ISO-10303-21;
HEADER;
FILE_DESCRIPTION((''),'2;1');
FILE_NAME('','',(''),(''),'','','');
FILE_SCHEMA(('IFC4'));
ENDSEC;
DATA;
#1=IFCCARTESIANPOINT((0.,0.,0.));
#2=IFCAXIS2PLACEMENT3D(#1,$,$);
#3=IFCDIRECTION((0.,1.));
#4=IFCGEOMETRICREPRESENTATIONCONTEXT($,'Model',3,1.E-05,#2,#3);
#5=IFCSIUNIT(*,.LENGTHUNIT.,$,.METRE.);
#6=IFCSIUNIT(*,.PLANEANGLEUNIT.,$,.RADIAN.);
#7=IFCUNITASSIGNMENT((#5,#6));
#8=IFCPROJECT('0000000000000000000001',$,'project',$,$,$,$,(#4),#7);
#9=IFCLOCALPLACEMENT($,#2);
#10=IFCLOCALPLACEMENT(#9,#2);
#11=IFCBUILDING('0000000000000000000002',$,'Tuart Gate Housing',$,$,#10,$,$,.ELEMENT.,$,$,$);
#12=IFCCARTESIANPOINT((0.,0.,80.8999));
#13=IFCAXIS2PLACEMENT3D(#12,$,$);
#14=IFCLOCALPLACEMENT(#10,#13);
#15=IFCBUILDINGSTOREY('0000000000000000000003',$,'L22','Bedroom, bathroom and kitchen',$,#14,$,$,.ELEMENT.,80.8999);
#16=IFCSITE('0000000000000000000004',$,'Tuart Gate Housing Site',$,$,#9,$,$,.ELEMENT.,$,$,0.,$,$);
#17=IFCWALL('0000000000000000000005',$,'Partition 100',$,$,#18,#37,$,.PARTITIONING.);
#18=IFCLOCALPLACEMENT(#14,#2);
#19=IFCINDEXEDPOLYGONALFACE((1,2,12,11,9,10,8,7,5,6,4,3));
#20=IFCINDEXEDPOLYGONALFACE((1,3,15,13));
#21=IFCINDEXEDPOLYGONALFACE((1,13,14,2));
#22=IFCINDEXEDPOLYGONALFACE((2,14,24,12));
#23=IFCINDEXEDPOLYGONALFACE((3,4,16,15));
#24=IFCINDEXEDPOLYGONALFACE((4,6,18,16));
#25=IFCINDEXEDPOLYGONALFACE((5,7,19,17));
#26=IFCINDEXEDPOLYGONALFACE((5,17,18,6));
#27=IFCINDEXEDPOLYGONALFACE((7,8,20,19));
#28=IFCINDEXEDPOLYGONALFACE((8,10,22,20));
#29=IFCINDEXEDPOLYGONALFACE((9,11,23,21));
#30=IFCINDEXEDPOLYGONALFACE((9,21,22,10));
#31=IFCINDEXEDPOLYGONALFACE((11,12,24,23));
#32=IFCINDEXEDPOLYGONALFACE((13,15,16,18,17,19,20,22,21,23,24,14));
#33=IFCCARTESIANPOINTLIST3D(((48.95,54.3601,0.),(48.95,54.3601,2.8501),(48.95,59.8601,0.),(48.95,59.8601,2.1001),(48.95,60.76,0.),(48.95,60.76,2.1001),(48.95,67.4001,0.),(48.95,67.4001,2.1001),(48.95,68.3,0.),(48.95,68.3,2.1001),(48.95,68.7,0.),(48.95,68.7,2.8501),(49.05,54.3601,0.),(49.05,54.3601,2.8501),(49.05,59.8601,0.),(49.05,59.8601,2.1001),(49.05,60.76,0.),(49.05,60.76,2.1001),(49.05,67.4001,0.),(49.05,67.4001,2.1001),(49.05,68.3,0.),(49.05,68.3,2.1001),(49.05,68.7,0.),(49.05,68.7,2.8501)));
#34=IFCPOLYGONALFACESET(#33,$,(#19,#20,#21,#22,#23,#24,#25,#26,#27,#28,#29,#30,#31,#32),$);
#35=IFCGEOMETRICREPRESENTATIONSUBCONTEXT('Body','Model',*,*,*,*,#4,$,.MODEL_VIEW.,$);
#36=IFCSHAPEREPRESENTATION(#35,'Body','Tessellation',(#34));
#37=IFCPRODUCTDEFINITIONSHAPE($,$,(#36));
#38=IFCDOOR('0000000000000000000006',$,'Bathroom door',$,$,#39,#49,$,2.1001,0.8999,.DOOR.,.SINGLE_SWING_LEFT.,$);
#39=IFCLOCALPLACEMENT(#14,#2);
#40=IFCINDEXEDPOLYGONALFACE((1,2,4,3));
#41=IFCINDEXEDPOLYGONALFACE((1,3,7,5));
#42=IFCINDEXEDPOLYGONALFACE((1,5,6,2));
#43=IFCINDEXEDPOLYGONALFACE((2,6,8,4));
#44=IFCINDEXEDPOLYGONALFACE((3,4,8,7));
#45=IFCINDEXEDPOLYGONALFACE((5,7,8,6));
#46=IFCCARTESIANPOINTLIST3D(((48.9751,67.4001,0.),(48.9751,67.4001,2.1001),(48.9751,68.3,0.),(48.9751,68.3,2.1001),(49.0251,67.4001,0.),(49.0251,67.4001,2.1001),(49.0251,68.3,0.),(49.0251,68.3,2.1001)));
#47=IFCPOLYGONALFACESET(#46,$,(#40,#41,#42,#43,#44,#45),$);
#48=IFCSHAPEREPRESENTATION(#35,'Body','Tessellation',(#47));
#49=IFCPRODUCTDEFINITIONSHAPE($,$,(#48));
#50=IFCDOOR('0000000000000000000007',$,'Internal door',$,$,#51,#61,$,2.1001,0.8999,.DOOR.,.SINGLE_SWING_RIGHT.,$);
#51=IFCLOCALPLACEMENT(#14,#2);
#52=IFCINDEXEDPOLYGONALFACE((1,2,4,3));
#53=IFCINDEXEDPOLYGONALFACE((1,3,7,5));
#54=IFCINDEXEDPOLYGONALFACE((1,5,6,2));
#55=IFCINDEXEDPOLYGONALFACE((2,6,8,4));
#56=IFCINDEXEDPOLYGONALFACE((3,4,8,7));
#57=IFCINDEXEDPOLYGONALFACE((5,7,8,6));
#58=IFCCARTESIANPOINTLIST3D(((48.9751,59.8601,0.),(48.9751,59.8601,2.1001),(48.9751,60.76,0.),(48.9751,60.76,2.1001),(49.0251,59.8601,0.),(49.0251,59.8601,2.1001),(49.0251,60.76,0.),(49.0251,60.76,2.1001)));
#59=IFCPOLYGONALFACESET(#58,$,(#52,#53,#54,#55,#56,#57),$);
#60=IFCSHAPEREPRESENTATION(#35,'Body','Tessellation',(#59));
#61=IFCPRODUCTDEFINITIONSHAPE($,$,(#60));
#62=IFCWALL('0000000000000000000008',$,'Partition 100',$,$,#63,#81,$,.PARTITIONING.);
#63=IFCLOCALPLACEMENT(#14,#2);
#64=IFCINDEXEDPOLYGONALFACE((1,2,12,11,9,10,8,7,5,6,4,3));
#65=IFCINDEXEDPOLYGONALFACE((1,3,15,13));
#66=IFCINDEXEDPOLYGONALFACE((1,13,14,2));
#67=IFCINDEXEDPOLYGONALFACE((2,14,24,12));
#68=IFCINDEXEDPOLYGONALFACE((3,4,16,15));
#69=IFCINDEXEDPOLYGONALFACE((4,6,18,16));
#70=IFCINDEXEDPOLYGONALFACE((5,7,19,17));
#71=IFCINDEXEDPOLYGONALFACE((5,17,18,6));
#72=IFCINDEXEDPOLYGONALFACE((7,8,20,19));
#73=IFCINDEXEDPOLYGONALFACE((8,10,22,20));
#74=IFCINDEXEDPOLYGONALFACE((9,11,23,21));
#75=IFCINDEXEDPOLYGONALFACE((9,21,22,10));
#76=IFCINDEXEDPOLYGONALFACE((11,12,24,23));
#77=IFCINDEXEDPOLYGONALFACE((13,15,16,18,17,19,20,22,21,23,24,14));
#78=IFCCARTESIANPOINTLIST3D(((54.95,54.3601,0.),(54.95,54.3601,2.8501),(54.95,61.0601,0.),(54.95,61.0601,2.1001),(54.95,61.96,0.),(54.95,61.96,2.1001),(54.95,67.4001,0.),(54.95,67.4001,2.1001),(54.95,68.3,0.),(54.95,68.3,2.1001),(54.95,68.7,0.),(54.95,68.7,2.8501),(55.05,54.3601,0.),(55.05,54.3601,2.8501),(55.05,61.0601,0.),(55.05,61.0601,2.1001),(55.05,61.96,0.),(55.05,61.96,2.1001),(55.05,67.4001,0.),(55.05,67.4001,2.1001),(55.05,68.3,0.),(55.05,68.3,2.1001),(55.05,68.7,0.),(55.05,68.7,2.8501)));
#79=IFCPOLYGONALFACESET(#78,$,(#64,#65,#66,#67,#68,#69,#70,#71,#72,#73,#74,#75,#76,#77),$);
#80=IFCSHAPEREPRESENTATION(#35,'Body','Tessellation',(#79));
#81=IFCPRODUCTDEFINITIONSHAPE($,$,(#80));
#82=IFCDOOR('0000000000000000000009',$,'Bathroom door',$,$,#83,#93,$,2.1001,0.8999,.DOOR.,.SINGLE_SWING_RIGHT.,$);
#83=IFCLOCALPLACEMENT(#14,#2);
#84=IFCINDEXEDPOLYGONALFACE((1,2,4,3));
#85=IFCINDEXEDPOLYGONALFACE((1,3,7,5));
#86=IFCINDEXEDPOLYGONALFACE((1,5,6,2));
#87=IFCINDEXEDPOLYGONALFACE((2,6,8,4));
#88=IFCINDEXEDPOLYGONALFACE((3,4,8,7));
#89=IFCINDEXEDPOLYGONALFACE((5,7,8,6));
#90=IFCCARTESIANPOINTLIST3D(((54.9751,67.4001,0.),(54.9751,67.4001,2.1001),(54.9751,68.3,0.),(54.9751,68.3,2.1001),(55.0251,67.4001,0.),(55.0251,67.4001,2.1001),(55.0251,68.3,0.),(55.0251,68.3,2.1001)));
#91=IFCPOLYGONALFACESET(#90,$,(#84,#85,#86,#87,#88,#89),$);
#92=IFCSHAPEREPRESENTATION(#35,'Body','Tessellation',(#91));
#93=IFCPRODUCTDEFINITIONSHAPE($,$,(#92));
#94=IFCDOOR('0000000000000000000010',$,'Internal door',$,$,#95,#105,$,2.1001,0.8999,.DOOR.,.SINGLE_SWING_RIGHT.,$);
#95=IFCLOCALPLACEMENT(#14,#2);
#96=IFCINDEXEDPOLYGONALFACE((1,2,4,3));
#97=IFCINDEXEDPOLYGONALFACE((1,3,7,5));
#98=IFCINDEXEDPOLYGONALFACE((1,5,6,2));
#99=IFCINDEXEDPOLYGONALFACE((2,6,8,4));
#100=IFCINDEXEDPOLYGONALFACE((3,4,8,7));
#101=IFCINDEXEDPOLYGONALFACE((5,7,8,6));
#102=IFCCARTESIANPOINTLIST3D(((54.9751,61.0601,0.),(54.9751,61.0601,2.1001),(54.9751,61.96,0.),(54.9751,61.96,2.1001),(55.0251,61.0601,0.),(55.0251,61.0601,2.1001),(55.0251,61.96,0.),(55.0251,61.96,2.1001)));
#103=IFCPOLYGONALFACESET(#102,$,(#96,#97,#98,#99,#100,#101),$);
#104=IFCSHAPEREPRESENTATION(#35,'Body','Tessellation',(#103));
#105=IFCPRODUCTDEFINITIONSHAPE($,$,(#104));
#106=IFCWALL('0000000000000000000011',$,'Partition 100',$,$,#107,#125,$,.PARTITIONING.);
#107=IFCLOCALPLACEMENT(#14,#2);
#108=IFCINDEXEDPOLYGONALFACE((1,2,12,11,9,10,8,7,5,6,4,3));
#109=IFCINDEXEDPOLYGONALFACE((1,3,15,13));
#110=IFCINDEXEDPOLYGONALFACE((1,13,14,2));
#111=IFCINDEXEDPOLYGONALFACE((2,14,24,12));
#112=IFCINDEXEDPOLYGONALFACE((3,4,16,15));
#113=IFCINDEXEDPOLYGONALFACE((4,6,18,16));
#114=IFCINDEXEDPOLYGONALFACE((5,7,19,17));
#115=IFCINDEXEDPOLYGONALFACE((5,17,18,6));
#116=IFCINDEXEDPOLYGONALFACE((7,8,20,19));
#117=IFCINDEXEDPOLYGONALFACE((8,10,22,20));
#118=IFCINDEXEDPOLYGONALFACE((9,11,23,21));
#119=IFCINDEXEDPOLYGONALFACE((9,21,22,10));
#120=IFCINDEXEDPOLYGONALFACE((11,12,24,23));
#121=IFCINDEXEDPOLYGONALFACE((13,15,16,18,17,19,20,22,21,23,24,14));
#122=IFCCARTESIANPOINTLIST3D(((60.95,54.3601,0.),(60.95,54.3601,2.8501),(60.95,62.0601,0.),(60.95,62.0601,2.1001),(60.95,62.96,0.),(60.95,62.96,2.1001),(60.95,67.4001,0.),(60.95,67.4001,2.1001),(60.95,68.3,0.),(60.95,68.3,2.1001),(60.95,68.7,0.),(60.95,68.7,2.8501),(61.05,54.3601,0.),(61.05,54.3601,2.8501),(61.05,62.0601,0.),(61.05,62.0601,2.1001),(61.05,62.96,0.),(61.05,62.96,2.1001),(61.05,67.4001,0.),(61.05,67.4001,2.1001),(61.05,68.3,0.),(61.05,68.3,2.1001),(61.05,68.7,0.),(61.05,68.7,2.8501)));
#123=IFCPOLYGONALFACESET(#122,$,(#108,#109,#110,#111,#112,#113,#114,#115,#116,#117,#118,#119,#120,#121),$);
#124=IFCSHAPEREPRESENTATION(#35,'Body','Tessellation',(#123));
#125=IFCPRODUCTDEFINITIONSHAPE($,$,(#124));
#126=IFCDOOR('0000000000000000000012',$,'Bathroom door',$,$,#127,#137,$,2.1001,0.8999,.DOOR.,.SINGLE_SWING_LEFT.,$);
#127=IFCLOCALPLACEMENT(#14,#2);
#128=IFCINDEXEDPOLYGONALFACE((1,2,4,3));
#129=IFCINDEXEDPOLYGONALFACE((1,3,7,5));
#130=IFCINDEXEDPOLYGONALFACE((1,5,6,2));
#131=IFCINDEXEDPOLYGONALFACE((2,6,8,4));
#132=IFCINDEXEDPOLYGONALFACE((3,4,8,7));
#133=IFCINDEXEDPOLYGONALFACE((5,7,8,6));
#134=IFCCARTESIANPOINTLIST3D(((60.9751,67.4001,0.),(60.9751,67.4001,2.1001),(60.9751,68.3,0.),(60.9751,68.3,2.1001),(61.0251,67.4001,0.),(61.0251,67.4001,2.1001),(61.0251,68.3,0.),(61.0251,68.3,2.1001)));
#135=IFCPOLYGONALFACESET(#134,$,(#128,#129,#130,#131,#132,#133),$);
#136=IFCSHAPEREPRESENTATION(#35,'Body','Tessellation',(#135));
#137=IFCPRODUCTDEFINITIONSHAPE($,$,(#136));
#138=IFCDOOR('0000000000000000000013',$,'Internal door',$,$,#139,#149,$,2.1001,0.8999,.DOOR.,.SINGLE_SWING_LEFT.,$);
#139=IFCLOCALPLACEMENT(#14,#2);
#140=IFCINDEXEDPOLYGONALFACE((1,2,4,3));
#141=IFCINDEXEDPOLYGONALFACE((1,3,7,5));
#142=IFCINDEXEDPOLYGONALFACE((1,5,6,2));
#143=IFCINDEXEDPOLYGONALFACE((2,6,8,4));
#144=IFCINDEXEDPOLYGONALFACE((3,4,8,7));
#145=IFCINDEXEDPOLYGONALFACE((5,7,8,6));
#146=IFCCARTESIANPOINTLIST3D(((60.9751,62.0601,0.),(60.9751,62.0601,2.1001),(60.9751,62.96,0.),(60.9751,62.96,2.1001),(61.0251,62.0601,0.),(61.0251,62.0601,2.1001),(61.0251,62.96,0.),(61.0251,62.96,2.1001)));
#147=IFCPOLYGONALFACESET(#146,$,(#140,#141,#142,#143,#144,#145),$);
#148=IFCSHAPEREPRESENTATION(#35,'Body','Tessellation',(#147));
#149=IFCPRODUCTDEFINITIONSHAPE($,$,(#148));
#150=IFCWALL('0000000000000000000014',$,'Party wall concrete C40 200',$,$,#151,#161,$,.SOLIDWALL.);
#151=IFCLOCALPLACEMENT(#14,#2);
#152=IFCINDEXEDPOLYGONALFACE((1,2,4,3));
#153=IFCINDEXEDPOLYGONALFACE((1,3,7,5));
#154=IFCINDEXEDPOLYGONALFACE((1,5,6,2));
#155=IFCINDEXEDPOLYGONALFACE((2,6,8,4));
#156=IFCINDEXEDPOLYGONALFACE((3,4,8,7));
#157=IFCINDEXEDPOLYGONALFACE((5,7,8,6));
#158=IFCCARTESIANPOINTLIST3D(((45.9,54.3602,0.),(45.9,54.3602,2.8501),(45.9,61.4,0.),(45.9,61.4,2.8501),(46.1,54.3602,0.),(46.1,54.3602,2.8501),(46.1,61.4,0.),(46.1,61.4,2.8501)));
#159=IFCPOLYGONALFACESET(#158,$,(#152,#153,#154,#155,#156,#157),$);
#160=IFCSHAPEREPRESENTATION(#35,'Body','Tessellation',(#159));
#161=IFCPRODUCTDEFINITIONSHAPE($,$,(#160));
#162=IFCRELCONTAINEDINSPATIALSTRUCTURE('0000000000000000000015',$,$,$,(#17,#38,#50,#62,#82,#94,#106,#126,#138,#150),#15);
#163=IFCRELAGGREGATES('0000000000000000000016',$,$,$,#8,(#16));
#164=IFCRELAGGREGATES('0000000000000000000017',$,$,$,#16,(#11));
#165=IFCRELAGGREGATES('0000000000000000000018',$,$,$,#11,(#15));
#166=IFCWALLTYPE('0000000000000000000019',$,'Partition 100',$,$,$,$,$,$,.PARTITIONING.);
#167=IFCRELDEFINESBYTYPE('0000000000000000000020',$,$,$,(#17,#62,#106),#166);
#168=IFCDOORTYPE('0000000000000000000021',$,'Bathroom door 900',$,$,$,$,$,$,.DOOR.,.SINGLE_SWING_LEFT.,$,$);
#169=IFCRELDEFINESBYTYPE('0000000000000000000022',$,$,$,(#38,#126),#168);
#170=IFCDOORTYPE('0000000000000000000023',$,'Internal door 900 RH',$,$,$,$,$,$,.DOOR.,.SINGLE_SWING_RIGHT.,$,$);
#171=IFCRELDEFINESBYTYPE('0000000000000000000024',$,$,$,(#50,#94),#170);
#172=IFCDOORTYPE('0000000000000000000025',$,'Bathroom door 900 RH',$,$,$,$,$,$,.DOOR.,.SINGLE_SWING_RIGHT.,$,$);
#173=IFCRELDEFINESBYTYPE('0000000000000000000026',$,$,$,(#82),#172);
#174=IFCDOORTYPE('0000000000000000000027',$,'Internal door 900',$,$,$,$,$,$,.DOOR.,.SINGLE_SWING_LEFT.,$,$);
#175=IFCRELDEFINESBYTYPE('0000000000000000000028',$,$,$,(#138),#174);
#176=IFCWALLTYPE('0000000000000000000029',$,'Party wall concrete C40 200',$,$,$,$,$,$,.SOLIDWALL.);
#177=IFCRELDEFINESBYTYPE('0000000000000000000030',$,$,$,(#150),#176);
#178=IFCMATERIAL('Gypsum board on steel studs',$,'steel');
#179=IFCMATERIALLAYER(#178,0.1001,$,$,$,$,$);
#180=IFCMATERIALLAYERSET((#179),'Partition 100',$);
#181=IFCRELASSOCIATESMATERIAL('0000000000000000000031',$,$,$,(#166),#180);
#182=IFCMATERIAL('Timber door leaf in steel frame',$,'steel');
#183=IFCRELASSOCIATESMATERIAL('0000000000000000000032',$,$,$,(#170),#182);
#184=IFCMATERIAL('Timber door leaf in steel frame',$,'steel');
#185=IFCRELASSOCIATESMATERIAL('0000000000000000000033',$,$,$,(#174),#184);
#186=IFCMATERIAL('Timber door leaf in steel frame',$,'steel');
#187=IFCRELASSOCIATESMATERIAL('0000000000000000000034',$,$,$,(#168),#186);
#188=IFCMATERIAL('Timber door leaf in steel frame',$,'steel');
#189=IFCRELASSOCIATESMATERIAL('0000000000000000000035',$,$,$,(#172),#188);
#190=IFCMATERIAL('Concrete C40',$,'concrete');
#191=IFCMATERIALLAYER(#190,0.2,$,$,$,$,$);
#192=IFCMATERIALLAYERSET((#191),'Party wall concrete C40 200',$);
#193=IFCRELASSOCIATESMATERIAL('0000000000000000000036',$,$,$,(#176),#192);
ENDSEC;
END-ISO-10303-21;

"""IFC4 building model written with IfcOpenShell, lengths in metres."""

from ifc_helpers import new_model, si_unit, direction, frame, frame_2d, origin, place, context, subcontext, project, spatial, rectangle, extrude, material, layer, layer_set, type_object, element, fill, save


model = new_model("IFC4")

# Units and contexts
model_context = context("Model", 3, precision=1e-05, world=origin(), true_north=direction((0.0, 1.0)))
body_context = subcontext(model_context, "Body", "Model", "MODEL_VIEW")
ifc_project = project(units=[si_unit("LENGTHUNIT", "METRE"), si_unit("PLANEANGLEUNIT", "RADIAN")], contexts=[model_context])

# Site, building, storey
site_placement = place(None, origin())
site = spatial("IfcSite", under=ifc_project, at=site_placement, Name="Tuart Gate Housing Site", CompositionType="ELEMENT", RefElevation=0.0)
building_placement = place(site_placement, origin())
building = spatial("IfcBuilding", under=site, at=building_placement, Name="Tuart Gate Housing", CompositionType="ELEMENT")
storey_placement = place(building_placement, frame((0.0, 0.0, 80.8999)))
storey = spatial("IfcBuildingStorey", under=building, at=storey_placement, Name="L22", Description="Bedroom, bathroom and kitchen", CompositionType="ELEMENT", Elevation=80.8999)

# Shared definitions
ifc_material_1 = material(Name="Gypsum board on steel studs", Category="steel")
ifc_layer_1 = layer(ifc_material_1, 0.1001)
ifc_layer_set_1 = layer_set([ifc_layer_1], Name="Partition 100")
wall_type_1 = type_object("IfcWallType", Name="Partition 100", PredefinedType="PARTITIONING", material=ifc_layer_set_1)
ifc_material_2 = material(Name="Timber door leaf in steel frame", Category="steel")
door_type_1 = type_object("IfcDoorType", Name="Internal door 900 RH", OperationType="SINGLE_SWING_RIGHT", PredefinedType="DOOR", material=ifc_material_2)
ifc_material_3 = material(Name="Timber door leaf in steel frame", Category="steel")
door_type_2 = type_object("IfcDoorType", Name="Internal door 900", OperationType="SINGLE_SWING_LEFT", PredefinedType="DOOR", material=ifc_material_3)

# Walls, openings, doors
wall_1_placement = place(storey_placement, frame((49.0, 54.3601, 0.0), z_axis=(0.0, 0.0, 1.0), x_axis=(0.0, 1.0, 0.0)))
wall_1 = element("IfcWall", 1, at=wall_1_placement, inside=storey, type_object=wall_type_1, Name="Partition 100", PredefinedType="PARTITIONING", context=body_context, shape_type="SweptSolid", body=[
    extrude(rectangle(XDim=14.3398, YDim=0.1001, at=frame_2d((7.1699, 0.0))), origin(), (0.0, 0.0, 1.0), 2.8501),
])
opening_1_placement = place(wall_1_placement, frame((5.5, 0.0, 0.0)))
opening_1 = element("IfcOpeningElement", 2, at=opening_1_placement, cuts=wall_1, PredefinedType="OPENING", context=body_context, shape_type="SweptSolid", body=[
    extrude(rectangle(XDim=0.8999, YDim=2.1001, at=frame_2d((0.45, 1.05))), frame((0.0, 0.0601, 0.0), z_axis=(0.0, -1.0, 0.0), x_axis=(1.0, 0.0, 0.0)), (0.0, 0.0, 1.0), 0.1201),
])
opening_2_placement = place(wall_1_placement, frame((13.04, 0.0, 0.0)))
opening_2 = element("IfcOpeningElement", 3, at=opening_2_placement, cuts=wall_1, PredefinedType="OPENING", context=body_context, shape_type="SweptSolid", body=[
    extrude(rectangle(XDim=0.8999, YDim=2.1001, at=frame_2d((0.45, 1.05))), frame((0.0, 0.0601, 0.0), z_axis=(0.0, -1.0, 0.0), x_axis=(1.0, 0.0, 0.0)), (0.0, 0.0, 1.0), 0.1201),
])
ifc_material_4 = material(Name="Timber door leaf in steel frame", Category="steel")
door_type_3 = type_object("IfcDoorType", Name="Bathroom door 900", OperationType="SINGLE_SWING_LEFT", PredefinedType="DOOR", material=ifc_material_4)
door_1_placement = place(opening_2_placement, frame((0.8999, 0.0, 0.0), z_axis=(0.0, 0.0, 1.0), x_axis=(-1.0, 0.0, 0.0)))
door_1 = element("IfcDoor", 4, at=door_1_placement, inside=storey, type_object=door_type_3, Name="Bathroom door", OperationType="SINGLE_SWING_LEFT", OverallHeight=2.1001, OverallWidth=0.8999, PredefinedType="DOOR", context=body_context, shape_type="SweptSolid", body=[
    extrude(rectangle(XDim=0.8999, YDim=2.1001, at=frame_2d((0.45, 1.05))), frame((0.0, 0.0251, 0.0), z_axis=(0.0, -1.0, 0.0), x_axis=(1.0, 0.0, 0.0)), (0.0, 0.0, 1.0), 0.05),
])
fill(opening_2, door_1)
door_2_placement = place(opening_1_placement, frame((0.8999, 0.0, 0.0), z_axis=(0.0, 0.0, 1.0), x_axis=(-1.0, 0.0, 0.0)))
door_2 = element("IfcDoor", 5, at=door_2_placement, inside=storey, type_object=door_type_1, Name="Internal door", OperationType="SINGLE_SWING_RIGHT", OverallHeight=2.1001, OverallWidth=0.8999, PredefinedType="DOOR", context=body_context, shape_type="SweptSolid", body=[
    extrude(rectangle(XDim=0.8999, YDim=2.1001, at=frame_2d((0.45, 1.05))), frame((0.0, 0.0251, 0.0), z_axis=(0.0, -1.0, 0.0), x_axis=(1.0, 0.0, 0.0)), (0.0, 0.0, 1.0), 0.05),
])
fill(opening_1, door_2)
wall_2_placement = place(storey_placement, frame((55.0, 54.3601, 0.0), z_axis=(0.0, 0.0, 1.0), x_axis=(0.0, 1.0, 0.0)))
wall_2 = element("IfcWall", 6, at=wall_2_placement, inside=storey, type_object=wall_type_1, Name="Partition 100", PredefinedType="PARTITIONING", context=body_context, shape_type="SweptSolid", body=[
    extrude(rectangle(XDim=14.3398, YDim=0.1001, at=frame_2d((7.1699, 0.0))), origin(), (0.0, 0.0, 1.0), 2.8501),
])
opening_3_placement = place(wall_2_placement, frame((6.7, 0.0, 0.0)))
opening_3 = element("IfcOpeningElement", 7, at=opening_3_placement, cuts=wall_2, PredefinedType="OPENING", context=body_context, shape_type="SweptSolid", body=[
    extrude(rectangle(XDim=0.8999, YDim=2.1001, at=frame_2d((0.45, 1.05))), frame((0.0, 0.0601, 0.0), z_axis=(0.0, -1.0, 0.0), x_axis=(1.0, 0.0, 0.0)), (0.0, 0.0, 1.0), 0.1201),
])
opening_4_placement = place(wall_2_placement, frame((13.04, 0.0, 0.0)))
opening_4 = element("IfcOpeningElement", 8, at=opening_4_placement, cuts=wall_2, PredefinedType="OPENING", context=body_context, shape_type="SweptSolid", body=[
    extrude(rectangle(XDim=0.8999, YDim=2.1001, at=frame_2d((0.45, 1.05))), frame((0.0, 0.0601, 0.0), z_axis=(0.0, -1.0, 0.0), x_axis=(1.0, 0.0, 0.0)), (0.0, 0.0, 1.0), 0.1201),
])
ifc_material_5 = material(Name="Timber door leaf in steel frame", Category="steel")
door_type_4 = type_object("IfcDoorType", Name="Bathroom door 900 RH", OperationType="SINGLE_SWING_RIGHT", PredefinedType="DOOR", material=ifc_material_5)
door_3_placement = place(opening_4_placement, origin())
door_3 = element("IfcDoor", 9, at=door_3_placement, inside=storey, type_object=door_type_4, Name="Bathroom door", OperationType="SINGLE_SWING_RIGHT", OverallHeight=2.1001, OverallWidth=0.8999, PredefinedType="DOOR", context=body_context, shape_type="SweptSolid", body=[
    extrude(rectangle(XDim=0.8999, YDim=2.1001, at=frame_2d((0.45, 1.05))), frame((0.0, 0.0249, 0.0), z_axis=(0.0, -1.0, 0.0), x_axis=(1.0, 0.0, 0.0)), (0.0, 0.0, 1.0), 0.05),
])
fill(opening_4, door_3)
door_4_placement = place(opening_3_placement, origin())
door_4 = element("IfcDoor", 10, at=door_4_placement, inside=storey, type_object=door_type_1, Name="Internal door", OperationType="SINGLE_SWING_RIGHT", OverallHeight=2.1001, OverallWidth=0.8999, PredefinedType="DOOR", context=body_context, shape_type="SweptSolid", body=[
    extrude(rectangle(XDim=0.8999, YDim=2.1001, at=frame_2d((0.45, 1.05))), frame((0.0, 0.0249, 0.0), z_axis=(0.0, -1.0, 0.0), x_axis=(1.0, 0.0, 0.0)), (0.0, 0.0, 1.0), 0.05),
])
fill(opening_3, door_4)
wall_3_placement = place(storey_placement, frame((61.0, 54.3601, 0.0), z_axis=(0.0, 0.0, 1.0), x_axis=(0.0, 1.0, 0.0)))
wall_3 = element("IfcWall", 11, at=wall_3_placement, inside=storey, type_object=wall_type_1, Name="Partition 100", PredefinedType="PARTITIONING", context=body_context, shape_type="SweptSolid", body=[
    extrude(rectangle(XDim=14.3398, YDim=0.1001, at=frame_2d((7.1699, 0.0))), origin(), (0.0, 0.0, 1.0), 2.8501),
])
opening_5_placement = place(wall_3_placement, frame((7.7, 0.0, 0.0)))
opening_5 = element("IfcOpeningElement", 12, at=opening_5_placement, cuts=wall_3, PredefinedType="OPENING", context=body_context, shape_type="SweptSolid", body=[
    extrude(rectangle(XDim=0.8999, YDim=2.1001, at=frame_2d((0.45, 1.05))), frame((0.0, 0.0601, 0.0), z_axis=(0.0, -1.0, 0.0), x_axis=(1.0, 0.0, 0.0)), (0.0, 0.0, 1.0), 0.1201),
])
opening_6_placement = place(wall_3_placement, frame((13.04, 0.0, 0.0)))
opening_6 = element("IfcOpeningElement", 13, at=opening_6_placement, cuts=wall_3, PredefinedType="OPENING", context=body_context, shape_type="SweptSolid", body=[
    extrude(rectangle(XDim=0.8999, YDim=2.1001, at=frame_2d((0.45, 1.05))), frame((0.0, 0.0601, 0.0), z_axis=(0.0, -1.0, 0.0), x_axis=(1.0, 0.0, 0.0)), (0.0, 0.0, 1.0), 0.1201),
])
door_5_placement = place(opening_6_placement, frame((0.8999, 0.0, 0.0), z_axis=(0.0, 0.0, 1.0), x_axis=(-1.0, 0.0, 0.0)))
door_5 = element("IfcDoor", 14, at=door_5_placement, inside=storey, type_object=door_type_3, Name="Bathroom door", OperationType="SINGLE_SWING_LEFT", OverallHeight=2.1001, OverallWidth=0.8999, PredefinedType="DOOR", context=body_context, shape_type="SweptSolid", body=[
    extrude(rectangle(XDim=0.8999, YDim=2.1001, at=frame_2d((0.45, 1.05))), frame((0.0, 0.0251, 0.0), z_axis=(0.0, -1.0, 0.0), x_axis=(1.0, 0.0, 0.0)), (0.0, 0.0, 1.0), 0.05),
])
fill(opening_6, door_5)
door_6_placement = place(opening_5_placement, frame((0.8999, 0.0, 0.0), z_axis=(0.0, 0.0, 1.0), x_axis=(-1.0, 0.0, 0.0)))
door_6 = element("IfcDoor", 15, at=door_6_placement, inside=storey, type_object=door_type_2, Name="Internal door", OperationType="SINGLE_SWING_LEFT", OverallHeight=2.1001, OverallWidth=0.8999, PredefinedType="DOOR", context=body_context, shape_type="SweptSolid", body=[
    extrude(rectangle(XDim=0.8999, YDim=2.1001, at=frame_2d((0.45, 1.05))), frame((0.0, 0.0251, 0.0), z_axis=(0.0, -1.0, 0.0), x_axis=(1.0, 0.0, 0.0)), (0.0, 0.0, 1.0), 0.05),
])
fill(opening_5, door_6)

# Wall
ifc_material_6 = material(Name="Concrete C40", Category="concrete")
ifc_layer_2 = layer(ifc_material_6, 0.2)
ifc_layer_set_2 = layer_set([ifc_layer_2], Name="Party wall concrete C40 200")
wall_type_2 = type_object("IfcWallType", Name="Party wall concrete C40 200", PredefinedType="SOLIDWALL", material=ifc_layer_set_2)
wall_4_placement = place(storey_placement, frame((46.0, 54.3601, 0.0), z_axis=(0.0, 0.0, 1.0), x_axis=(0.0, 1.0, 0.0)))
element("IfcWall", 16, at=wall_4_placement, inside=storey, type_object=wall_type_2, Name="Party wall concrete C40 200", PredefinedType="SOLIDWALL", context=body_context, shape_type="SweptSolid", body=[
    extrude(rectangle(XDim=7.0398, YDim=0.2, at=frame_2d((3.52, 0.0))), origin(), (0.0, 0.0, 1.0), 2.8501),
])

save(model, "model.ifc")
